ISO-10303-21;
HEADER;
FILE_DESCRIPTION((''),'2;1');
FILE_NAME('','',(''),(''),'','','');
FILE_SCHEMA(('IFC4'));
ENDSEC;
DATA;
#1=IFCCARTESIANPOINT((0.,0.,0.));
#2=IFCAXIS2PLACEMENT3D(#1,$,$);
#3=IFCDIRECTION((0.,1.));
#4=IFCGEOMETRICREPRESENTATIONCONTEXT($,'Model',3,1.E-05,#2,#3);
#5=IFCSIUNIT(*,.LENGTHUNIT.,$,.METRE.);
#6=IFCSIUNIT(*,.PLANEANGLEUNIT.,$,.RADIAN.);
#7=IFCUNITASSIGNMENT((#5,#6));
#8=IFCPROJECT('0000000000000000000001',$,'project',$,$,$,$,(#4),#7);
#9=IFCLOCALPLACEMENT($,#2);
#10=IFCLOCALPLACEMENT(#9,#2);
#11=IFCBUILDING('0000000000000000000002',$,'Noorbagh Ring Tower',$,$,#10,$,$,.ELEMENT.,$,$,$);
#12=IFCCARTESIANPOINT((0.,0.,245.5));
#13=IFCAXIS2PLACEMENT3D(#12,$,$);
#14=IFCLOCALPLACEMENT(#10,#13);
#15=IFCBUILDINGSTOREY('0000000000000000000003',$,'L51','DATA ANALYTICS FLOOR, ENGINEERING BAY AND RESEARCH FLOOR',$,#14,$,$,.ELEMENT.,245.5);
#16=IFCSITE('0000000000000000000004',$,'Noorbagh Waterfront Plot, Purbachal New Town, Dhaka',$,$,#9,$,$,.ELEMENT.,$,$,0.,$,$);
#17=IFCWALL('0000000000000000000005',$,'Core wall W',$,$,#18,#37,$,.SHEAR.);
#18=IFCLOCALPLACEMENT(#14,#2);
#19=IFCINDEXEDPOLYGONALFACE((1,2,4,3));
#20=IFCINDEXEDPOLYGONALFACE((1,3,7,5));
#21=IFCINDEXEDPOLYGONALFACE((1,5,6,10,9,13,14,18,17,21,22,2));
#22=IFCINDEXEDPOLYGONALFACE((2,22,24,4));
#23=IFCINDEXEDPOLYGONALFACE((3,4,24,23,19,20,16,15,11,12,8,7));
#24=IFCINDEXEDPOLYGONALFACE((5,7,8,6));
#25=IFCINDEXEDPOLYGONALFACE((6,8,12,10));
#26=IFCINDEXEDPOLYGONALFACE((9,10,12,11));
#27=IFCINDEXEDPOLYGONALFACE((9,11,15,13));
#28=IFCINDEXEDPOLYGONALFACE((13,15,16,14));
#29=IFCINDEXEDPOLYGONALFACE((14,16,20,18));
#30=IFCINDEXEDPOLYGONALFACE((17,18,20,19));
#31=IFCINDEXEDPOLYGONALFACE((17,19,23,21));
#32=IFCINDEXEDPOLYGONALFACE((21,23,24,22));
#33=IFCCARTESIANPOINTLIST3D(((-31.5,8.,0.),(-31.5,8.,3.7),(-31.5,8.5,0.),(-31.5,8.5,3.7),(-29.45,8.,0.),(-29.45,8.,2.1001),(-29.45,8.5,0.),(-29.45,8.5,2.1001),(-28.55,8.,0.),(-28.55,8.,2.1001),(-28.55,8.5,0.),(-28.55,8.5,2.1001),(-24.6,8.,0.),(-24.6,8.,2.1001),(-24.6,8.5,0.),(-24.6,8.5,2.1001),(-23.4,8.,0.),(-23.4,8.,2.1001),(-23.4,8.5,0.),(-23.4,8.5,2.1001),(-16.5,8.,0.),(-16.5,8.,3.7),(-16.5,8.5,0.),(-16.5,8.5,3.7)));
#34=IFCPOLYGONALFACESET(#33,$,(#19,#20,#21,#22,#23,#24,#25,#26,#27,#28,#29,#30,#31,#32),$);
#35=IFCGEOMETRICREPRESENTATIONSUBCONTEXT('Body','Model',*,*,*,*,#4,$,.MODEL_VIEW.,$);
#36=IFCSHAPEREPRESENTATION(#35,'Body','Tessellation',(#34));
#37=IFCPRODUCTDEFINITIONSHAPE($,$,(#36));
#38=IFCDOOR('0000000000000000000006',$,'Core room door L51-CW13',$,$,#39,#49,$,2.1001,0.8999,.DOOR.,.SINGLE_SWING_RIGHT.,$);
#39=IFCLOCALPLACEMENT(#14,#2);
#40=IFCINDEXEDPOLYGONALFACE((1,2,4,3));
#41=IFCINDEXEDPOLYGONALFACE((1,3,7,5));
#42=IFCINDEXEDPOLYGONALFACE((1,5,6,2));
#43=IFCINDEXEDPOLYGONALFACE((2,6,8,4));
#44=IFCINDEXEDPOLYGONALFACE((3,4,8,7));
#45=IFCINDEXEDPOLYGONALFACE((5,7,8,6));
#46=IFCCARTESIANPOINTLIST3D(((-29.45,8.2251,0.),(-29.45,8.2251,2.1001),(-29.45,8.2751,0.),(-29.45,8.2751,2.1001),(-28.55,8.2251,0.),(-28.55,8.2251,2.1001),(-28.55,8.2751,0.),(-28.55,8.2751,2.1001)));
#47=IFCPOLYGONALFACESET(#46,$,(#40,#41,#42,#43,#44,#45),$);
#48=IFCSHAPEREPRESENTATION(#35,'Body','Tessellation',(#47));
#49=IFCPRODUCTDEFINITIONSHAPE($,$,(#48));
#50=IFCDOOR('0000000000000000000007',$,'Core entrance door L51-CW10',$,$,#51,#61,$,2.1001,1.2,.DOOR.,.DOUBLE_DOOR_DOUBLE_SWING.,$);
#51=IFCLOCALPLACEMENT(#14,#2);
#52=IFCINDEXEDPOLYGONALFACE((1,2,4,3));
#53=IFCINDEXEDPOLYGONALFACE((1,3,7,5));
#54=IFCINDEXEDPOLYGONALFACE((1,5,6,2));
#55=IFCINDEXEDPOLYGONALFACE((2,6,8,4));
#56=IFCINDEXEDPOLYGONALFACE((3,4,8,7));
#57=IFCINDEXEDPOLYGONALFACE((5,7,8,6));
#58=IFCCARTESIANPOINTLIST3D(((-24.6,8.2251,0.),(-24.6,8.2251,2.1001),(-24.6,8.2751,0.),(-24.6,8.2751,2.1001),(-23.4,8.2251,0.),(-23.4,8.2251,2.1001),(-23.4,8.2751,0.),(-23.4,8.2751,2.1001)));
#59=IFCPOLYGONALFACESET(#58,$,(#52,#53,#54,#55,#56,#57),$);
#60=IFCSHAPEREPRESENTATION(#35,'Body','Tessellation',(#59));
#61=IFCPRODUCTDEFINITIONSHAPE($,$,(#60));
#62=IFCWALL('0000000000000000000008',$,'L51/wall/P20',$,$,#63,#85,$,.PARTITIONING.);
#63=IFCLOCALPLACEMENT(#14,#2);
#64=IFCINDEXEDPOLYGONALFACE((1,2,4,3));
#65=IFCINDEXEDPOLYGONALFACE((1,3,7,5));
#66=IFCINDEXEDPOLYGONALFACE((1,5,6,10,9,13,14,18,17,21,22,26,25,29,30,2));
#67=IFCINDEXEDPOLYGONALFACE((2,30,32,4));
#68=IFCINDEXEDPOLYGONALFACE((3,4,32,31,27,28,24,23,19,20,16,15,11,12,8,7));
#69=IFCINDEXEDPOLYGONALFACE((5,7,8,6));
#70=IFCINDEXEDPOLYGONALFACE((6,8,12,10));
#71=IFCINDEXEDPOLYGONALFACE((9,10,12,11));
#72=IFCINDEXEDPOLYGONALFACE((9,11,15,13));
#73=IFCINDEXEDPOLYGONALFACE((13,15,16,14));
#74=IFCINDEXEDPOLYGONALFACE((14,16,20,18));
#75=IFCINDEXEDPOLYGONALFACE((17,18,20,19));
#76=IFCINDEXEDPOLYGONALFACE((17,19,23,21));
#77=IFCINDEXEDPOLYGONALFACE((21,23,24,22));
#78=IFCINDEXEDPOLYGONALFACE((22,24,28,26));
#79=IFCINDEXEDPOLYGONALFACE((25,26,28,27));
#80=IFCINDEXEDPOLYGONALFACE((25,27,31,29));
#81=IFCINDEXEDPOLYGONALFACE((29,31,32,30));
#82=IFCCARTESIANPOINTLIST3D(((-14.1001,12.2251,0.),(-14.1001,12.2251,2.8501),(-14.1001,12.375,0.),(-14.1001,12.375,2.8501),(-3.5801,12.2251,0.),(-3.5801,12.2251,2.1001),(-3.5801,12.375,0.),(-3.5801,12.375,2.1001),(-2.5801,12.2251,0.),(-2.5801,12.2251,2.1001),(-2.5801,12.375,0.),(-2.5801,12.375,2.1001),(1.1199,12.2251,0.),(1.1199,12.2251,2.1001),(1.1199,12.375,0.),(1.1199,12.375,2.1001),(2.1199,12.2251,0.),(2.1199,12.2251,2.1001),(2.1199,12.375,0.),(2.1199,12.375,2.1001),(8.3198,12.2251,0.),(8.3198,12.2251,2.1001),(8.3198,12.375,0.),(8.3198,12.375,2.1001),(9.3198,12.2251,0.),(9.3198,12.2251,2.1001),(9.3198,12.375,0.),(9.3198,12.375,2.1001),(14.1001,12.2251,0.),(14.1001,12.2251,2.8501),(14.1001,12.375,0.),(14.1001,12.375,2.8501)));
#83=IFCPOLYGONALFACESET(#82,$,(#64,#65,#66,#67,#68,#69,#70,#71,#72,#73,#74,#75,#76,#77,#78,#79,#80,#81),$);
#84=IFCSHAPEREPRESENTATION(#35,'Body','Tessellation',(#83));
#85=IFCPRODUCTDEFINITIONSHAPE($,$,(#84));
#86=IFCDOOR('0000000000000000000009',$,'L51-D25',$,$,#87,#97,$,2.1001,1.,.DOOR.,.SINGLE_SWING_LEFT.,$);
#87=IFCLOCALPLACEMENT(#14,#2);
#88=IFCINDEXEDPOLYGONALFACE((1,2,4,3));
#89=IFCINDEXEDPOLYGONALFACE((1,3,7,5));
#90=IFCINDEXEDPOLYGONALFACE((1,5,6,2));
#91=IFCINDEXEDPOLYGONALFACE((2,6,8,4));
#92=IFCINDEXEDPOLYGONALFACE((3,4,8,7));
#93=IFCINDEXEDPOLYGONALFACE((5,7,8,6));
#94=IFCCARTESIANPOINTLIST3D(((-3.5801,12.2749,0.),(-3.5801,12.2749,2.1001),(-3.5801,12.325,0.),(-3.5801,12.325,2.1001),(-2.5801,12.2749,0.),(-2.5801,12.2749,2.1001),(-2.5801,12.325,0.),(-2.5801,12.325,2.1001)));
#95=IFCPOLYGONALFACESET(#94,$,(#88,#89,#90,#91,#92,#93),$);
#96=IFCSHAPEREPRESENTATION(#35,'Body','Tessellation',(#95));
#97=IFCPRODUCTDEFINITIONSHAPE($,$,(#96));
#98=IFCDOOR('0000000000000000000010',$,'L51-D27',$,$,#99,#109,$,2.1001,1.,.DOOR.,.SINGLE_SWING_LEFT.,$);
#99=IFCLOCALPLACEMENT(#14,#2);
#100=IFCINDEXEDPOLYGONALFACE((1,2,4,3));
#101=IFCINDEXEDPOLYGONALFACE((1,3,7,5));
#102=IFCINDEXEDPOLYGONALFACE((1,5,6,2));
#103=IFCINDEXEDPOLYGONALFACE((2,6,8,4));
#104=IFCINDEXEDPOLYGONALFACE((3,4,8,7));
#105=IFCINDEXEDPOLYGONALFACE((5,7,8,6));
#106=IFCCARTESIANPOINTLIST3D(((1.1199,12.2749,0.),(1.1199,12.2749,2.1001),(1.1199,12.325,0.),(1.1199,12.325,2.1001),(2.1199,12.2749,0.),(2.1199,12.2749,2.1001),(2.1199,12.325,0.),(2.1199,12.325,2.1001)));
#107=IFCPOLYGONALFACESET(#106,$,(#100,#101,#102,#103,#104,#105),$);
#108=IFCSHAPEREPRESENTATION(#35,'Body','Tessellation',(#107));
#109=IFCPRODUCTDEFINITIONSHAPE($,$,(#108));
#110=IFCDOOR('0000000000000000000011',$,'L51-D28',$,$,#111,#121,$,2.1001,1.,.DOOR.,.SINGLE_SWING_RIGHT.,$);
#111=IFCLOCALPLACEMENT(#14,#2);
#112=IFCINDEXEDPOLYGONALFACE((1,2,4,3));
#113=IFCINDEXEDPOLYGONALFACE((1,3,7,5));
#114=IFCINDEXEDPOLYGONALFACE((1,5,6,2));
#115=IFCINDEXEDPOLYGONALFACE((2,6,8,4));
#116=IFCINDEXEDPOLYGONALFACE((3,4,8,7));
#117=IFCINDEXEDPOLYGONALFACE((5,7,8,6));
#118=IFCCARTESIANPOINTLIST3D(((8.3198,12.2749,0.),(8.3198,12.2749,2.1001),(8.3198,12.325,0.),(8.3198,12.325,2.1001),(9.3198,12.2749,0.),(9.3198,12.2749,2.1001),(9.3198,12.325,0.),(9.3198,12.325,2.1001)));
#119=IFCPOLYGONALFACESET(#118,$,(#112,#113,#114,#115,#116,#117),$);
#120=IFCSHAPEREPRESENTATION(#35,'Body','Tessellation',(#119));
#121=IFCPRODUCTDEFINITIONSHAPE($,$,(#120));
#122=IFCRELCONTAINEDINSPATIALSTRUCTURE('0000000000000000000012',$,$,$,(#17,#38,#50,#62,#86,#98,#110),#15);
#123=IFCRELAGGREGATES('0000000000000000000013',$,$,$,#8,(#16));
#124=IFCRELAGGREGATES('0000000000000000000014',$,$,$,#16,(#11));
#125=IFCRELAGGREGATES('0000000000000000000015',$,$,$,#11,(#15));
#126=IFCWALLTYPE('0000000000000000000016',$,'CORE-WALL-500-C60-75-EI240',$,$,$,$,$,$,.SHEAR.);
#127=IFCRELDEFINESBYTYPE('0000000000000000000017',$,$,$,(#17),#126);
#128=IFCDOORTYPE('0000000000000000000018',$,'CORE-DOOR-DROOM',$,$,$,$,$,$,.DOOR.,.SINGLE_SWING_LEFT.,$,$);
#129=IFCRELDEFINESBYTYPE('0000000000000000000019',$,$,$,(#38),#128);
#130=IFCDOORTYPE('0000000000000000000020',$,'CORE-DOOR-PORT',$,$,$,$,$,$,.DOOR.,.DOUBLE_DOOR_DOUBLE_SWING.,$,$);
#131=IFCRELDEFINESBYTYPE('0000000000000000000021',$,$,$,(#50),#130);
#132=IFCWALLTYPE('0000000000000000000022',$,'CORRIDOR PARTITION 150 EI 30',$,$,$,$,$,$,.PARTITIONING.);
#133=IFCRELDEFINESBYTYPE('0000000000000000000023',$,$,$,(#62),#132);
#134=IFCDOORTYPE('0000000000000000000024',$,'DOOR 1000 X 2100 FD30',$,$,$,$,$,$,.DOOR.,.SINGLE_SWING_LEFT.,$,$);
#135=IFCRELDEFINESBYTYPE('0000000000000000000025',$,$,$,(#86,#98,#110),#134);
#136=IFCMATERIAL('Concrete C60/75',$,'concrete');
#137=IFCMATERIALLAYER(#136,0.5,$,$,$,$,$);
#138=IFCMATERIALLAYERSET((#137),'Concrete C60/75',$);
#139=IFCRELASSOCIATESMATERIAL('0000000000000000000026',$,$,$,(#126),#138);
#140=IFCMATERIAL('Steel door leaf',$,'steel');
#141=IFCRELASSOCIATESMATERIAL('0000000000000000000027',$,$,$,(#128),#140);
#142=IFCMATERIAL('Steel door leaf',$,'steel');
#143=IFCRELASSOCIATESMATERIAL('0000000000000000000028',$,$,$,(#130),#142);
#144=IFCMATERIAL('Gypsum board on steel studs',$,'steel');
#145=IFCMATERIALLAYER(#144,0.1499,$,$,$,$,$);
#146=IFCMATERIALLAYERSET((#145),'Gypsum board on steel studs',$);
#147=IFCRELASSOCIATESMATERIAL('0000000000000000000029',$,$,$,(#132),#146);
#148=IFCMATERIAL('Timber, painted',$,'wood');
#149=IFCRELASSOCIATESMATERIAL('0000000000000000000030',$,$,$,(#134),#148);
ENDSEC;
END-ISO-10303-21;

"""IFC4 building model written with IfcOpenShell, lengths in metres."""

from ifc_helpers import new_model, si_unit, direction, frame, frame_2d, origin, place, context, subcontext, project, spatial, rectangle, extrude, material, layer, layer_set, type_object, element, fill, save


model = new_model("IFC4")

# Units and contexts
model_context = context("Model", 3, precision=1e-05, world=origin(), true_north=direction((0.0, 1.0)))
body_context = subcontext(model_context, "Body", "Model", "MODEL_VIEW")
ifc_project = project(units=[si_unit("LENGTHUNIT", "METRE"), si_unit("PLANEANGLEUNIT", "RADIAN")], contexts=[model_context])

# Site, building, storey
site_placement = place(None, origin())
site = spatial("IfcSite", under=ifc_project, at=site_placement, Name="Noorbagh Waterfront Plot, Purbachal New Town, Dhaka", CompositionType="ELEMENT", RefElevation=0.0)
building_placement = place(site_placement, origin())
building = spatial("IfcBuilding", under=site, at=building_placement, Name="Noorbagh Ring Tower", CompositionType="ELEMENT")
storey_placement = place(building_placement, frame((0.0, 0.0, 245.5)))
storey = spatial("IfcBuildingStorey", under=building, at=storey_placement, Name="L51", Description="DATA ANALYTICS FLOOR, ENGINEERING BAY AND RESEARCH FLOOR", CompositionType="ELEMENT", Elevation=245.5)

# Walls, openings, doors
ifc_material_1 = material(Name="Concrete C60/75", Category="concrete")
ifc_layer_1 = layer(ifc_material_1, 0.5)
ifc_layer_set_1 = layer_set([ifc_layer_1], Name="Concrete C60/75")
wall_type_1 = type_object("IfcWallType", Name="CORE-WALL-500-C60-75-EI240", PredefinedType="SHEAR", material=ifc_layer_set_1)
wall_1_placement = place(storey_placement, frame((-16.5, 8.25, 0.0), z_axis=(0.0, 0.0, 1.0), x_axis=(-1.0, 0.0, 0.0)))
wall_1 = element("IfcWall", 1, at=wall_1_placement, inside=storey, type_object=wall_type_1, Name="Core wall W", PredefinedType="SHEAR", context=body_context, shape_type="SweptSolid", body=[
    extrude(rectangle(XDim=15.0, YDim=0.5, at=frame_2d((7.5, 0.0))), origin(), (0.0, 0.0, 1.0), 3.7),
])
opening_1_placement = place(wall_1_placement, frame((6.8999, 0.0, 0.0)))
opening_1 = element("IfcOpeningElement", 2, at=opening_1_placement, cuts=wall_1, PredefinedType="OPENING", context=body_context, shape_type="SweptSolid", body=[
    extrude(rectangle(XDim=1.2, YDim=2.1001, at=frame_2d((0.6001, 1.05))), frame((0.0, 0.26, 0.0), z_axis=(0.0, -1.0, 0.0), x_axis=(1.0, 0.0, 0.0)), (0.0, 0.0, 1.0), 0.52),
])
opening_2_placement = place(wall_1_placement, frame((12.05, 0.0, 0.0)))
opening_2 = element("IfcOpeningElement", 3, at=opening_2_placement, cuts=wall_1, PredefinedType="OPENING", context=body_context, shape_type="SweptSolid", body=[
    extrude(rectangle(XDim=0.8999, YDim=2.1001, at=frame_2d((0.45, 1.05))), frame((0.0, 0.26, 0.0), z_axis=(0.0, -1.0, 0.0), x_axis=(1.0, 0.0, 0.0)), (0.0, 0.0, 1.0), 0.52),
])
ifc_material_2 = material(Name="Steel door leaf", Category="steel")
door_type_1 = type_object("IfcDoorType", Name="CORE-DOOR-DROOM", OperationType="SINGLE_SWING_LEFT", PredefinedType="DOOR", material=ifc_material_2)
door_1_placement = place(opening_2_placement, origin())
door_1 = element("IfcDoor", 4, at=door_1_placement, inside=storey, type_object=door_type_1, Name="Core room door L51-CW13", OperationType="SINGLE_SWING_RIGHT", OverallHeight=2.1001, OverallWidth=0.8999, PredefinedType="DOOR", context=body_context, shape_type="SweptSolid", body=[
    extrude(rectangle(XDim=0.8999, YDim=2.1001, at=frame_2d((0.45, 1.05))), frame((0.0, 0.0249, 0.0), z_axis=(0.0, -1.0, 0.0), x_axis=(1.0, 0.0, 0.0)), (0.0, 0.0, 1.0), 0.05),
])
fill(opening_2, door_1)
ifc_material_3 = material(Name="Steel door leaf", Category="steel")
door_type_2 = type_object("IfcDoorType", Name="CORE-DOOR-PORT", OperationType="DOUBLE_DOOR_DOUBLE_SWING", PredefinedType="DOOR", material=ifc_material_3)
door_2_placement = place(opening_1_placement, origin())
door_2 = element("IfcDoor", 5, at=door_2_placement, inside=storey, type_object=door_type_2, Name="Core entrance door L51-CW10", OperationType="DOUBLE_DOOR_DOUBLE_SWING", OverallHeight=2.1001, OverallWidth=1.2, PredefinedType="DOOR", context=body_context, shape_type="SweptSolid", body=[
    extrude(rectangle(XDim=1.2, YDim=2.1001, at=frame_2d((0.6001, 1.05))), frame((0.0, 0.0249, 0.0), z_axis=(0.0, -1.0, 0.0), x_axis=(1.0, 0.0, 0.0)), (0.0, 0.0, 1.0), 0.05),
])
fill(opening_1, door_2)
ifc_material_4 = material(Name="Gypsum board on steel studs", Category="steel")
ifc_layer_2 = layer(ifc_material_4, 0.1499)
ifc_layer_set_2 = layer_set([ifc_layer_2], Name="Gypsum board on steel studs")
wall_type_2 = type_object("IfcWallType", Name="CORRIDOR PARTITION 150 EI 30", PredefinedType="PARTITIONING", material=ifc_layer_set_2)
wall_2_placement = place(storey_placement, frame((-14.1001, 12.3, 0.0), z_axis=(0.0, 0.0, 1.0), x_axis=(1.0, 0.0, 0.0)))
wall_2 = element("IfcWall", 6, at=wall_2_placement, inside=storey, type_object=wall_type_2, Name="L51/wall/P20", PredefinedType="PARTITIONING", context=body_context, shape_type="SweptSolid", body=[
    extrude(rectangle(XDim=28.2002, YDim=0.1499, at=frame_2d((14.1001, 0.0))), origin(), (0.0, 0.0, 1.0), 2.8501),
])
opening_3_placement = place(wall_2_placement, frame((10.52, 0.0, 0.0)))
opening_3 = element("IfcOpeningElement", 7, at=opening_3_placement, cuts=wall_2, PredefinedType="OPENING", context=body_context, shape_type="SweptSolid", body=[
    extrude(rectangle(XDim=1.0, YDim=2.1001, at=frame_2d((0.5, 1.05))), frame((0.0, 0.085, 0.0), z_axis=(0.0, -1.0, 0.0), x_axis=(1.0, 0.0, 0.0)), (0.0, 0.0, 1.0), 0.1699),
])
opening_4_placement = place(wall_2_placement, frame((15.22, 0.0, 0.0)))
opening_4 = element("IfcOpeningElement", 8, at=opening_4_placement, cuts=wall_2, PredefinedType="OPENING", context=body_context, shape_type="SweptSolid", body=[
    extrude(rectangle(XDim=1.0, YDim=2.1001, at=frame_2d((0.5, 1.05))), frame((0.0, 0.085, 0.0), z_axis=(0.0, -1.0, 0.0), x_axis=(1.0, 0.0, 0.0)), (0.0, 0.0, 1.0), 0.1699),
])
opening_5_placement = place(wall_2_placement, frame((22.4199, 0.0, 0.0)))
opening_5 = element("IfcOpeningElement", 9, at=opening_5_placement, cuts=wall_2, PredefinedType="OPENING", context=body_context, shape_type="SweptSolid", body=[
    extrude(rectangle(XDim=1.0, YDim=2.1001, at=frame_2d((0.5, 1.05))), frame((0.0, 0.085, 0.0), z_axis=(0.0, -1.0, 0.0), x_axis=(1.0, 0.0, 0.0)), (0.0, 0.0, 1.0), 0.1699),
])
ifc_material_5 = material(Name="Timber, painted", Category="wood")
door_type_3 = type_object("IfcDoorType", Name="DOOR 1000 X 2100 FD30", OperationType="SINGLE_SWING_LEFT", PredefinedType="DOOR", material=ifc_material_5)
door_3_placement = place(opening_3_placement, origin())
door_3 = element("IfcDoor", 10, at=door_3_placement, inside=storey, type_object=door_type_3, Name="L51-D25", OperationType="SINGLE_SWING_LEFT", OverallHeight=2.1001, OverallWidth=1.0, PredefinedType="DOOR", context=body_context, shape_type="SweptSolid", body=[
    extrude(rectangle(XDim=1.0, YDim=2.1001, at=frame_2d((0.5, 1.05))), frame((0.0, 0.0249, 0.0), z_axis=(0.0, -1.0, 0.0), x_axis=(1.0, 0.0, 0.0)), (0.0, 0.0, 1.0), 0.05),
])
fill(opening_3, door_3)
door_4_placement = place(opening_4_placement, origin())
door_4 = element("IfcDoor", 11, at=door_4_placement, inside=storey, type_object=door_type_3, Name="L51-D27", OperationType="SINGLE_SWING_LEFT", OverallHeight=2.1001, OverallWidth=1.0, PredefinedType="DOOR", context=body_context, shape_type="SweptSolid", body=[
    extrude(rectangle(XDim=1.0, YDim=2.1001, at=frame_2d((0.5, 1.05))), frame((0.0, 0.0249, 0.0), z_axis=(0.0, -1.0, 0.0), x_axis=(1.0, 0.0, 0.0)), (0.0, 0.0, 1.0), 0.05),
])
fill(opening_4, door_4)
door_5_placement = place(opening_5_placement, origin())
door_5 = element("IfcDoor", 12, at=door_5_placement, inside=storey, type_object=door_type_3, Name="L51-D28", OperationType="SINGLE_SWING_RIGHT", OverallHeight=2.1001, OverallWidth=1.0, PredefinedType="DOOR", context=body_context, shape_type="SweptSolid", body=[
    extrude(rectangle(XDim=1.0, YDim=2.1001, at=frame_2d((0.5, 1.05))), frame((0.0, 0.0249, 0.0), z_axis=(0.0, -1.0, 0.0), x_axis=(1.0, 0.0, 0.0)), (0.0, 0.0, 1.0), 0.05),
])
fill(opening_5, door_5)

save(model, "model.ifc")
